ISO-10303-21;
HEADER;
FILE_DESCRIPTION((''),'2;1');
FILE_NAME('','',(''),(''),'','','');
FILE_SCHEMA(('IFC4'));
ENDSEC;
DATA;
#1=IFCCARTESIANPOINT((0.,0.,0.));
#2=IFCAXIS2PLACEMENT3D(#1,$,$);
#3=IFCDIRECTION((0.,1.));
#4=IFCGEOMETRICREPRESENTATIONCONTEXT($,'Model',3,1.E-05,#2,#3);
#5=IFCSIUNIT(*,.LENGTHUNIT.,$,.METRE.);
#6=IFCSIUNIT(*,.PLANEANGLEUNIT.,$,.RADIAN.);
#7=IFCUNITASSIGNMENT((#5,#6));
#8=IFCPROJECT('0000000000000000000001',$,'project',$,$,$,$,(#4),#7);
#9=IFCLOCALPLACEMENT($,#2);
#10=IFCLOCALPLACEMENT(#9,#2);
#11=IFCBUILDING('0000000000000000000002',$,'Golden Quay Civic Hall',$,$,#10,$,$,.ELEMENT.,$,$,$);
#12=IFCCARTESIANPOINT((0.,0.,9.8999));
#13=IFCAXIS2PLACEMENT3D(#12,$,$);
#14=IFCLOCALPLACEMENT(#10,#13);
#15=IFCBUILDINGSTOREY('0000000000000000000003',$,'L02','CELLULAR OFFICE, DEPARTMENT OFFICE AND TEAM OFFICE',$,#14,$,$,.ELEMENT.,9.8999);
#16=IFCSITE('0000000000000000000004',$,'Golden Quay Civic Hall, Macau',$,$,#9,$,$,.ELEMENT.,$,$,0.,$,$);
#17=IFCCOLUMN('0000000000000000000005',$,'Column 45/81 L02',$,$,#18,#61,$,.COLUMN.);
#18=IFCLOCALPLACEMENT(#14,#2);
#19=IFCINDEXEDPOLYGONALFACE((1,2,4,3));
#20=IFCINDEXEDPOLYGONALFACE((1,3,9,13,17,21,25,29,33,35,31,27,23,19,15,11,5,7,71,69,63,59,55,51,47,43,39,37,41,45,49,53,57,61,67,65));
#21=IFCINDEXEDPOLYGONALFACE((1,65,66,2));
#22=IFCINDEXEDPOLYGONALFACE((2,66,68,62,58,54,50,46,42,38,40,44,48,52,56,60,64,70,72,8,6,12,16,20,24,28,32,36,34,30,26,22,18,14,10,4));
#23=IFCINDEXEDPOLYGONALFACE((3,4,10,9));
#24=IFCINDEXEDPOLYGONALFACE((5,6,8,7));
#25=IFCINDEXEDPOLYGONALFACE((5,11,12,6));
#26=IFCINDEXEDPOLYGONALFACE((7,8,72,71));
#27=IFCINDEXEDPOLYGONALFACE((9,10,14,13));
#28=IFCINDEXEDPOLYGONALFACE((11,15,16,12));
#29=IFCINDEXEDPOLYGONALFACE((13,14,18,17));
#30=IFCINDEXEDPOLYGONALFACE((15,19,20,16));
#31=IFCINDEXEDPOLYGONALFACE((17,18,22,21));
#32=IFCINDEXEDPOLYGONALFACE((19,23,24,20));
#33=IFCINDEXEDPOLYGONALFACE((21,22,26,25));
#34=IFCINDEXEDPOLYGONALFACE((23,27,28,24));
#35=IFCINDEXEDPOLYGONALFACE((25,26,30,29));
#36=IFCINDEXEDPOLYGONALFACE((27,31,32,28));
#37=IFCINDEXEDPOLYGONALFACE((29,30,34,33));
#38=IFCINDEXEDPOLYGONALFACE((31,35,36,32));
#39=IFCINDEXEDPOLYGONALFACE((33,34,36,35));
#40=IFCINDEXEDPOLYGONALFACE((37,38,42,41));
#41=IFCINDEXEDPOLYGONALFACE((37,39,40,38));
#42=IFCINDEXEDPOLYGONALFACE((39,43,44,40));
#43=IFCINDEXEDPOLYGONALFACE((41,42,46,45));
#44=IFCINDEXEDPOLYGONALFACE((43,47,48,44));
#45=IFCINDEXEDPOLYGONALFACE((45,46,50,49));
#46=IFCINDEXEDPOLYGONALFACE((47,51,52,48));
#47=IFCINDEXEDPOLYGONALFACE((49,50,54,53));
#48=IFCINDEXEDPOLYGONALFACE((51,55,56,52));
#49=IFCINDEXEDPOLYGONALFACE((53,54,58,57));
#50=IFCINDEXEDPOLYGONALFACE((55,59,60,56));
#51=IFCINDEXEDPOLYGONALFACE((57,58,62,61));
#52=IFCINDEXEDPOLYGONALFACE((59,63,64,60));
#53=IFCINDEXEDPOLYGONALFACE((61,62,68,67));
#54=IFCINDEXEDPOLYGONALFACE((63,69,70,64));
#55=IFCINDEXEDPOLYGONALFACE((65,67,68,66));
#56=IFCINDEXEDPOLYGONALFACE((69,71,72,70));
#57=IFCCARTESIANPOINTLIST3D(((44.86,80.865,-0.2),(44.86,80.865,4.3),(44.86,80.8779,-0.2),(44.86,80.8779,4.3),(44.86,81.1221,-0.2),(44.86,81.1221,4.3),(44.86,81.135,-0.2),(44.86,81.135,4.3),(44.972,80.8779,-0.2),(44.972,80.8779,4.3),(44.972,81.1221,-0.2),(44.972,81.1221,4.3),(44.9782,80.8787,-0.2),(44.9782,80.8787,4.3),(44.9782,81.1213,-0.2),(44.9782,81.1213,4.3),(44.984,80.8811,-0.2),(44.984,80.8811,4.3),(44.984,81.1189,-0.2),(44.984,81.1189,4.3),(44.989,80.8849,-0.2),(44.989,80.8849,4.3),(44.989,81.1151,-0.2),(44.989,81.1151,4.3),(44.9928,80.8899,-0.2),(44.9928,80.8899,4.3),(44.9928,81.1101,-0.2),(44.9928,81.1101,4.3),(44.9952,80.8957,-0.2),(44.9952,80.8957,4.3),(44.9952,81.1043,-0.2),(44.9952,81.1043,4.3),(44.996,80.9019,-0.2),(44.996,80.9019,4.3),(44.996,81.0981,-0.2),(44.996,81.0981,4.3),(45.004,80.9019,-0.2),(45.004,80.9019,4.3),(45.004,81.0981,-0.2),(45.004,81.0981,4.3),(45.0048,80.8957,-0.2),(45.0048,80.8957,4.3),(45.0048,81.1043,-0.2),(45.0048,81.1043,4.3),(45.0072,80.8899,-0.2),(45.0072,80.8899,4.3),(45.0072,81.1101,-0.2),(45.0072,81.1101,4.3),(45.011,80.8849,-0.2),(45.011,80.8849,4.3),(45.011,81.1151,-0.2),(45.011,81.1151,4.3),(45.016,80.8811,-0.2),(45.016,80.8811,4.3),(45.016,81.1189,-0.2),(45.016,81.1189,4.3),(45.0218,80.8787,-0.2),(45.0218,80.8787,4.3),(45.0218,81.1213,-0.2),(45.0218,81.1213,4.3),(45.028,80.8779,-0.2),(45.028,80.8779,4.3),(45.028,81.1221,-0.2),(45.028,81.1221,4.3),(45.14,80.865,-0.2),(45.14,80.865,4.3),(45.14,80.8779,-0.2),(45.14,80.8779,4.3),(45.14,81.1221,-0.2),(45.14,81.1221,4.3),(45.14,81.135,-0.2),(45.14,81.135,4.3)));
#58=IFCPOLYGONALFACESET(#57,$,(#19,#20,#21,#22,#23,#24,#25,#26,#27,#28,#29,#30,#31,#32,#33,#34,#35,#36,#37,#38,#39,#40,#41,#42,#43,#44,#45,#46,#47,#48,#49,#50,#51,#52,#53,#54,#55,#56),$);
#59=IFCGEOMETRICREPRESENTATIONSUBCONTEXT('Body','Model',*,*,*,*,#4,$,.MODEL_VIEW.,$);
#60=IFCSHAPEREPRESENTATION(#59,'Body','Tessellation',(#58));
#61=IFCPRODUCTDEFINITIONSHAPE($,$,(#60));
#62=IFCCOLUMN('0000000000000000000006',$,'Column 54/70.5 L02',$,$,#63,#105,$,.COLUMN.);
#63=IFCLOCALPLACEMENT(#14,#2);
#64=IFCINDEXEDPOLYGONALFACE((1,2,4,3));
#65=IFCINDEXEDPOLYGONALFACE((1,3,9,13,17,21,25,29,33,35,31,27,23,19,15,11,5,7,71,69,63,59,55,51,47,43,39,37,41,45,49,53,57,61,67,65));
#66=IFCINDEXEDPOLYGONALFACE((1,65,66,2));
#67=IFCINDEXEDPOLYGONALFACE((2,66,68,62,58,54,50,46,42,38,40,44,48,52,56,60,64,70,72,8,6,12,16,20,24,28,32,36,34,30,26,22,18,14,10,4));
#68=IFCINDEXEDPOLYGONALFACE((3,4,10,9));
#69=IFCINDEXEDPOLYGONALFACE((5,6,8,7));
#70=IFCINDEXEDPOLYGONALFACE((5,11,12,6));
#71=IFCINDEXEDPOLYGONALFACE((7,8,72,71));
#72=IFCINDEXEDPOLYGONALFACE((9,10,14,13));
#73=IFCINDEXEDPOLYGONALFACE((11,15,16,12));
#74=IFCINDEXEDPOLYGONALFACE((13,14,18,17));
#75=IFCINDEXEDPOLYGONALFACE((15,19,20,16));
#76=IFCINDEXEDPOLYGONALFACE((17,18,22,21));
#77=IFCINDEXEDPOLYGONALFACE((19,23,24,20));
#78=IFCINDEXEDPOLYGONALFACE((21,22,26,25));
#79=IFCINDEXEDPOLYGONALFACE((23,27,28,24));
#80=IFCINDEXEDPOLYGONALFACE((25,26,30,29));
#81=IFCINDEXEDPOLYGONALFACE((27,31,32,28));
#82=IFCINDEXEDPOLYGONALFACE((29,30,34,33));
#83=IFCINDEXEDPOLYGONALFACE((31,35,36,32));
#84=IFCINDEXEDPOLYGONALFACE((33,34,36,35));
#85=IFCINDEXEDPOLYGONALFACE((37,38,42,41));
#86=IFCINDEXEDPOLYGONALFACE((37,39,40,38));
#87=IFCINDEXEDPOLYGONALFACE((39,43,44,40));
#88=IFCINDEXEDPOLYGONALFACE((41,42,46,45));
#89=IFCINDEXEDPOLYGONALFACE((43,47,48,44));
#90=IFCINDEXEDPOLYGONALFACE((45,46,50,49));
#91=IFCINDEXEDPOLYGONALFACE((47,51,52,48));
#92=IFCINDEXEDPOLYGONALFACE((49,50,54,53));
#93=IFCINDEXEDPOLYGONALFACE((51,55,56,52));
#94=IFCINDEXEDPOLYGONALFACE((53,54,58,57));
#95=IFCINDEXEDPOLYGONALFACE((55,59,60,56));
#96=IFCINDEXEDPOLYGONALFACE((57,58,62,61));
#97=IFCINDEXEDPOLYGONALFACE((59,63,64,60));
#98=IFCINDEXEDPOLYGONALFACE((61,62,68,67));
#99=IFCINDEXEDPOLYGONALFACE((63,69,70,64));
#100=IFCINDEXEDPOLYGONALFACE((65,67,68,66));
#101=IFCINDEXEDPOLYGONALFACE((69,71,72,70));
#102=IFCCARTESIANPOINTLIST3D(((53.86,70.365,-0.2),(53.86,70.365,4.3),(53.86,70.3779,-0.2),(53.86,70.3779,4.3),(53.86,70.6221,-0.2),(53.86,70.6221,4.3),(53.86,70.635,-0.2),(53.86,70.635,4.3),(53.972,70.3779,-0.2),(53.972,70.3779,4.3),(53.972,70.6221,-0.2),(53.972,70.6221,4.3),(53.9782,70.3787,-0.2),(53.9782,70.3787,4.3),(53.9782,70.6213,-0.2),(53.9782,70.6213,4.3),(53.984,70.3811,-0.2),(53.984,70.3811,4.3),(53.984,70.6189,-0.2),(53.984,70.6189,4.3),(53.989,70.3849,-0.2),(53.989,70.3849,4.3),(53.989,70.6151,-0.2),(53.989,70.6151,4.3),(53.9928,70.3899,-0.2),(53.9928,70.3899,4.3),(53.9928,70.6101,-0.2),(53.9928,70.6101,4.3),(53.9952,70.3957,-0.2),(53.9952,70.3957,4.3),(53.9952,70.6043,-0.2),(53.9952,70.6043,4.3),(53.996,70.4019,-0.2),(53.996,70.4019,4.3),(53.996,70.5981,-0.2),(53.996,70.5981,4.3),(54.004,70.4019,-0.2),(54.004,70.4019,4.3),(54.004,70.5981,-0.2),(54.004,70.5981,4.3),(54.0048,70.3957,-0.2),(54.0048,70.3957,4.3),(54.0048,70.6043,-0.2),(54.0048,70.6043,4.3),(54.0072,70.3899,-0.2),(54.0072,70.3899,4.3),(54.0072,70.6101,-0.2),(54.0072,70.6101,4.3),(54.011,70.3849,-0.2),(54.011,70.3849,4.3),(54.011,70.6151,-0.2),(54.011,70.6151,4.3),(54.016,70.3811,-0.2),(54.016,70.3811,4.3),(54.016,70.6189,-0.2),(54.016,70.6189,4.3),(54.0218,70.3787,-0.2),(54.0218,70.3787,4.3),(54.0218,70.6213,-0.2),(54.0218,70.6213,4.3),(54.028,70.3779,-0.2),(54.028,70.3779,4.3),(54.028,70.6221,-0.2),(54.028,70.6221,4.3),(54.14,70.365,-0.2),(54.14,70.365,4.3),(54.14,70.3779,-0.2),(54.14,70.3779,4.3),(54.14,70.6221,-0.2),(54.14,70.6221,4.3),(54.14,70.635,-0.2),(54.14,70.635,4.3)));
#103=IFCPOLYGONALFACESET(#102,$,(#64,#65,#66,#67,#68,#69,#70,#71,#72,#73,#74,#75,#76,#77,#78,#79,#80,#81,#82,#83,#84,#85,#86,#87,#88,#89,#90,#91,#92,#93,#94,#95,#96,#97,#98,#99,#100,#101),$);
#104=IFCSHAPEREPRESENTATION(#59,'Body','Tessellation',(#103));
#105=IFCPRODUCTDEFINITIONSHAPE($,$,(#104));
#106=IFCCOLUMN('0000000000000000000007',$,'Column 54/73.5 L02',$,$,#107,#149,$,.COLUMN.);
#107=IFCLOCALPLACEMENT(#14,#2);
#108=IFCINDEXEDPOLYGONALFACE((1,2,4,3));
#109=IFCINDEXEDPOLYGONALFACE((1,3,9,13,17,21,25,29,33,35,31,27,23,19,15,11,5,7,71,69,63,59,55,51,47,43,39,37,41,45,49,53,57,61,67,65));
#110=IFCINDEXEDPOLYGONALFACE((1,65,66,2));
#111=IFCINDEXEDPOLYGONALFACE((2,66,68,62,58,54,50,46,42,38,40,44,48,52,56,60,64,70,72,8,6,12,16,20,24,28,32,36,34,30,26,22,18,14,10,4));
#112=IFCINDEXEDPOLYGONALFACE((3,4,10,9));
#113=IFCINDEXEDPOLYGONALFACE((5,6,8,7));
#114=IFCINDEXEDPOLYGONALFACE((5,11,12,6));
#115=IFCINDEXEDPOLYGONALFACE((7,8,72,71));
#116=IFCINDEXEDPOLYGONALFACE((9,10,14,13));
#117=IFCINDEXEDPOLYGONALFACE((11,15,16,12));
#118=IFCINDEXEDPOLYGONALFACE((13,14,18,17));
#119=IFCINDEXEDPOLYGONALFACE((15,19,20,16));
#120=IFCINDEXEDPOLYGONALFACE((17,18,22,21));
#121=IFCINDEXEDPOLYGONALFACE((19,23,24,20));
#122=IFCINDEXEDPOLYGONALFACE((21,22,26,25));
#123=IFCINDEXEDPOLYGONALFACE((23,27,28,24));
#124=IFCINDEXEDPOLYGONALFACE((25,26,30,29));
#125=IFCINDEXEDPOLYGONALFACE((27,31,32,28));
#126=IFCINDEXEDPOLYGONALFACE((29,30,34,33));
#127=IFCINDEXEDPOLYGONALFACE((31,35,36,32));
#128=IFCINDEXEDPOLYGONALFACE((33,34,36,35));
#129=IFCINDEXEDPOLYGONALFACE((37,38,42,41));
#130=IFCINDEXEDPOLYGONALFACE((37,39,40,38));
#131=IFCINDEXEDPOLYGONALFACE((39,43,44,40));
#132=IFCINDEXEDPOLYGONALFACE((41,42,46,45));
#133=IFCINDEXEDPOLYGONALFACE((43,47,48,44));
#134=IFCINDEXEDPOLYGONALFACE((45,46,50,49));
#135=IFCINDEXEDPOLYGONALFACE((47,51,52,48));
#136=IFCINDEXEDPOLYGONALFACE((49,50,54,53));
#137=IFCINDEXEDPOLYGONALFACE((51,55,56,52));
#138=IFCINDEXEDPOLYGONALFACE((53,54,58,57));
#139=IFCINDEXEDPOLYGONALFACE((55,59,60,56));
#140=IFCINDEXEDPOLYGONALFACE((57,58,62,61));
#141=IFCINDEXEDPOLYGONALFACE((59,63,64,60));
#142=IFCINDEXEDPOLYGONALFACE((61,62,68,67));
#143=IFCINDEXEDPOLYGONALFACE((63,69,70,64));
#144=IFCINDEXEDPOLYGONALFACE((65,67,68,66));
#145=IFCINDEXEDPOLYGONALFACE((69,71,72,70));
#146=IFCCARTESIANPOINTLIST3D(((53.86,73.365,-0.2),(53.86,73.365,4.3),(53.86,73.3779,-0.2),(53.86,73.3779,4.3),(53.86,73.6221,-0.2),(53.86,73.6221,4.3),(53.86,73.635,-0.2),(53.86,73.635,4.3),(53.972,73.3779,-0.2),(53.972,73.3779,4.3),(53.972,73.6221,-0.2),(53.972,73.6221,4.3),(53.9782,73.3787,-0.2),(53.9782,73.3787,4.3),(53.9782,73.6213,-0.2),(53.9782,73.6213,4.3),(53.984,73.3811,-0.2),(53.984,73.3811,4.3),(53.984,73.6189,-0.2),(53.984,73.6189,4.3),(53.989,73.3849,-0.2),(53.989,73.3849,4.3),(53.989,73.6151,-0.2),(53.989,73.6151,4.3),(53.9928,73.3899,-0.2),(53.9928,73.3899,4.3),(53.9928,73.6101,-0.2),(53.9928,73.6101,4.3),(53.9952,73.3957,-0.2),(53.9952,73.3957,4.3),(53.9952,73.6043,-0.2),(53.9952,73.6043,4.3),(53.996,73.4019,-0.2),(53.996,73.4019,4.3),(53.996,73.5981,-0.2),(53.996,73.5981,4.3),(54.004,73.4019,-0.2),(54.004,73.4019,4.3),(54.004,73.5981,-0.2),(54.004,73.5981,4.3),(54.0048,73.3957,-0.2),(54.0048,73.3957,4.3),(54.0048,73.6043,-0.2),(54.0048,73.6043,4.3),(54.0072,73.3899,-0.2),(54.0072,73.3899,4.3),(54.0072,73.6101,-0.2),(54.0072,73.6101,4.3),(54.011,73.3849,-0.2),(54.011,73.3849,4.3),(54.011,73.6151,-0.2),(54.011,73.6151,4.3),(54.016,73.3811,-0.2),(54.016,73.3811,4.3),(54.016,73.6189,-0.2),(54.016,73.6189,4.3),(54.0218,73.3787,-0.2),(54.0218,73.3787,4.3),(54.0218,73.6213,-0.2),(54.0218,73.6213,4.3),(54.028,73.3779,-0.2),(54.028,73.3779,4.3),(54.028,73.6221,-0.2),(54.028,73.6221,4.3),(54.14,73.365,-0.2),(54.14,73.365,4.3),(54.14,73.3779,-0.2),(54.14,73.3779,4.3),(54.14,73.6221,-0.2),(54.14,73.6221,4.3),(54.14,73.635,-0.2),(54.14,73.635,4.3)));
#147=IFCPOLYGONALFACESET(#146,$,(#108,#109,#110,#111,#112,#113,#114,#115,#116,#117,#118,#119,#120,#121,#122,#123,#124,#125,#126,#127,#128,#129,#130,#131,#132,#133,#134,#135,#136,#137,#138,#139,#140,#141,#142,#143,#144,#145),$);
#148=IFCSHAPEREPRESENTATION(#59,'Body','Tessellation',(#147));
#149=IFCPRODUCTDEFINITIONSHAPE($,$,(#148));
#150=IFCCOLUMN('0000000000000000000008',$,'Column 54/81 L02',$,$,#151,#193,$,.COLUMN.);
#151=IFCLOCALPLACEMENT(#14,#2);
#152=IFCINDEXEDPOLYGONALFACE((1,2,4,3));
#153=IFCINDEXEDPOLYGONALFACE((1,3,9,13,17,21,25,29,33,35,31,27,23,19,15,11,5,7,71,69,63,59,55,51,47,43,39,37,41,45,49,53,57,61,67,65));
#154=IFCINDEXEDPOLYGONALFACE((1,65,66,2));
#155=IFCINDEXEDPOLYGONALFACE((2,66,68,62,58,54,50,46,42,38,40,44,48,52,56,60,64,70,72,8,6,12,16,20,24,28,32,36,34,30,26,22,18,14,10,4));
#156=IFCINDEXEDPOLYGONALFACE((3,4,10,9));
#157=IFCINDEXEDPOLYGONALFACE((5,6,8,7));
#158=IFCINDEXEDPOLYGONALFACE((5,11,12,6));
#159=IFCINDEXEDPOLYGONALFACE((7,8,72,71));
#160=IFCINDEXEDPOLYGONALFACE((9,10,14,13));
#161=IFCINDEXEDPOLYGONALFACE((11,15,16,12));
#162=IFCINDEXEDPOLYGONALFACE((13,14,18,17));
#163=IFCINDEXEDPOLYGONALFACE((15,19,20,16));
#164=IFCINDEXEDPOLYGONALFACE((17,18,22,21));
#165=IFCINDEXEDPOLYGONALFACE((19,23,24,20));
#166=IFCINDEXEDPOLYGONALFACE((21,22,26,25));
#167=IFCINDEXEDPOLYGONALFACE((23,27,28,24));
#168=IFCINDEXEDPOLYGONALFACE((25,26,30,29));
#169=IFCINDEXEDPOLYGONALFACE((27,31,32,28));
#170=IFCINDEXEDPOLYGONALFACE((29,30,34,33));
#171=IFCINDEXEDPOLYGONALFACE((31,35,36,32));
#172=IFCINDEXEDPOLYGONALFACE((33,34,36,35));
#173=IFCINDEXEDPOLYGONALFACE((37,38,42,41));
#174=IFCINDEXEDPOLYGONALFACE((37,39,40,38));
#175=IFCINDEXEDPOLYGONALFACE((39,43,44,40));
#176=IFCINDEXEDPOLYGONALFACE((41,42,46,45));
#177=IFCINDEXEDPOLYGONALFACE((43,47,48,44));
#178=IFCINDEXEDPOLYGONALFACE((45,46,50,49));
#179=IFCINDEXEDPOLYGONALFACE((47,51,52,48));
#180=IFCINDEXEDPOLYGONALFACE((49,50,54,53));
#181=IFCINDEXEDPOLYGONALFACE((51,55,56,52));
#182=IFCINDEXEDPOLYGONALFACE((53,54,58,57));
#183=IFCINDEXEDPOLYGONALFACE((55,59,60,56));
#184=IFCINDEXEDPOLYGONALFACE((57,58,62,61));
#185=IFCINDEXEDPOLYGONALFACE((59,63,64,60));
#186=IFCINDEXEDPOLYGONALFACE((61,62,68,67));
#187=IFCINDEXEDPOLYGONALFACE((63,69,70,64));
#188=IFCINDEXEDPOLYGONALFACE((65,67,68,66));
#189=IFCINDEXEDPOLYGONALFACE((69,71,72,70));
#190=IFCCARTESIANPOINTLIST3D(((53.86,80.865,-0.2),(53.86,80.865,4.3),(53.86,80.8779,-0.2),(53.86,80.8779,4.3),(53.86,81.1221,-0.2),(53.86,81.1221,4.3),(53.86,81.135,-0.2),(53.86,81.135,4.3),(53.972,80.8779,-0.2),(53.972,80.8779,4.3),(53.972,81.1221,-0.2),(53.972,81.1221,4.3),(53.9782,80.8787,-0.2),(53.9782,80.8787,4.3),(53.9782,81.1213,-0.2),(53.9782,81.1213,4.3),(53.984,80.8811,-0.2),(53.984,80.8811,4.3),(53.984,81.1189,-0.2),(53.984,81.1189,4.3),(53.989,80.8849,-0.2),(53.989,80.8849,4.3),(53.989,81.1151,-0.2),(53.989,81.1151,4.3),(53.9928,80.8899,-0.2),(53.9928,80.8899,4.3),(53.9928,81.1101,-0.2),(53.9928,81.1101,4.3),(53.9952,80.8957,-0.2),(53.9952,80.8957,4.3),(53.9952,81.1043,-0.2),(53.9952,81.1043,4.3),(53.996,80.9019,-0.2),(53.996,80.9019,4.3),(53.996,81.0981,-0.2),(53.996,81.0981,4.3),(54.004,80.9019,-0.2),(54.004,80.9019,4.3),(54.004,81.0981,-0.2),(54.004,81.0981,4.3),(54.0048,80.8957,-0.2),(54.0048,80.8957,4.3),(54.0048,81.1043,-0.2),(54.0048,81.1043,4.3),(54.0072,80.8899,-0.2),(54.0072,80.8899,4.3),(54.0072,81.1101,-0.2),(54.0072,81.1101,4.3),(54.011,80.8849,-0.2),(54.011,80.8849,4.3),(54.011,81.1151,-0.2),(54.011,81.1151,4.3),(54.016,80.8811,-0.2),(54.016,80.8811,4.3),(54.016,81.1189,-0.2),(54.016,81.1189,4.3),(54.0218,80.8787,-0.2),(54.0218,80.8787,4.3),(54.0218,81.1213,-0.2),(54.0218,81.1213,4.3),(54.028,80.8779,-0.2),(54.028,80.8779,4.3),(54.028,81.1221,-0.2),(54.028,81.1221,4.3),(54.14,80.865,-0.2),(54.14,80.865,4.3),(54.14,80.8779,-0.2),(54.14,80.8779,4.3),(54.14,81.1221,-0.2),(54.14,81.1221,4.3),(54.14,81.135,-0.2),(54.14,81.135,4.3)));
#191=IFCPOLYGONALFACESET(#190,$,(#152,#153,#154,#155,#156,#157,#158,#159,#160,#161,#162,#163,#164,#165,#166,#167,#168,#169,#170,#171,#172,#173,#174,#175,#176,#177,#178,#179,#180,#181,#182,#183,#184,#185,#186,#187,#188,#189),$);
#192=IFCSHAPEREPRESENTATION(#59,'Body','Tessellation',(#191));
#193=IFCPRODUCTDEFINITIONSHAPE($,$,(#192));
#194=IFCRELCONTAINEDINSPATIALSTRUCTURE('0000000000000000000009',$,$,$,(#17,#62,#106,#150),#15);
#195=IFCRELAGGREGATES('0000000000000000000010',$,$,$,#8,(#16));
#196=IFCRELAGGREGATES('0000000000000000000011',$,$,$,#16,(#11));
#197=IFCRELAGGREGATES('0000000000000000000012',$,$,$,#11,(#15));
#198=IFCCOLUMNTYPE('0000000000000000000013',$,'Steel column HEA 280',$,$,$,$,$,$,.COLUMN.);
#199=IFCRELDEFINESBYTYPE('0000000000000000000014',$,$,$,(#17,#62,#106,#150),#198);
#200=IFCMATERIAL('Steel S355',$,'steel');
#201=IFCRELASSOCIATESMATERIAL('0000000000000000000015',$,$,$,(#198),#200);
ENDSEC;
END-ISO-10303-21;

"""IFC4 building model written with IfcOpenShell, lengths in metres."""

from ifc_helpers import new_model, si_unit, direction, frame, origin, origin_2d, place, context, subcontext, project, spatial, i_section, extrude, material, material_profile, profile_set, type_object, element, save


model = new_model("IFC4")

# Units and contexts
model_context = context("Model", 3, precision=1e-05, world=origin(), true_north=direction((0.0, 1.0)))
body_context = subcontext(model_context, "Body", "Model", "MODEL_VIEW")
ifc_project = project(units=[si_unit("LENGTHUNIT", "METRE"), si_unit("PLANEANGLEUNIT", "RADIAN")], contexts=[model_context])

# Site, building, storey
site_placement = place(None, origin())
site = spatial("IfcSite", under=ifc_project, at=site_placement, Name="Golden Quay Civic Hall, Macau", CompositionType="ELEMENT", RefElevation=0.0)
building_placement = place(site_placement, origin())
building = spatial("IfcBuilding", under=site, at=building_placement, Name="Golden Quay Civic Hall", CompositionType="ELEMENT")
storey_placement = place(building_placement, frame((0.0, 0.0, 9.8999)))
storey = spatial("IfcBuildingStorey", under=building, at=storey_placement, Name="L02", Description="CELLULAR OFFICE, DEPARTMENT OFFICE AND TEAM OFFICE", CompositionType="ELEMENT", Elevation=9.8999)

# Columns
ifc_material_1 = material(Name="Steel S355", Category="steel")
ifc_material_profile_1 = material_profile(ifc_material_1, i_section(OverallWidth=0.28, OverallDepth=0.27, WebThickness=0.0081, FlangeThickness=0.0129, FilletRadius=0.0239, at=origin_2d()), Name="HEA 280")
ifc_profile_set_1 = profile_set([ifc_material_profile_1], Name="Steel S355")
column_type_1 = type_object("IfcColumnType", Name="Steel column HEA 280", PredefinedType="COLUMN", material=ifc_profile_set_1)
for number, where, z_axis, x_axis, name in (
    (1, (45.0, 81.0, -0.2), (0.0, 0.0, 1.0), (1.0, 0.0, 0.0), "Column 45/81 L02"),
    (2, (54.0, 70.5, -0.2), (0.0, 0.0, 1.0), (1.0, 0.0, 0.0), "Column 54/70.5 L02"),
    (3, (54.0, 73.5, -0.2), (0.0, 0.0, 1.0), (1.0, 0.0, 0.0), "Column 54/73.5 L02"),
    (4, (54.0, 81.0, -0.2), (0.0, 0.0, 1.0), (1.0, 0.0, 0.0), "Column 54/81 L02"),
):
    element("IfcColumn", number, at=place(storey_placement, frame(where, z_axis=z_axis, x_axis=x_axis)), inside=storey, type_object=column_type_1, Name=name, PredefinedType="COLUMN", context=body_context, shape_type="SweptSolid", body=[
        extrude(i_section(OverallWidth=0.28, OverallDepth=0.27, WebThickness=0.0081, FlangeThickness=0.0129, FilletRadius=0.0239, at=origin_2d()), origin(), (0.0, 0.0, 1.0), 4.5),
    ])

save(model, "model.ifc")
